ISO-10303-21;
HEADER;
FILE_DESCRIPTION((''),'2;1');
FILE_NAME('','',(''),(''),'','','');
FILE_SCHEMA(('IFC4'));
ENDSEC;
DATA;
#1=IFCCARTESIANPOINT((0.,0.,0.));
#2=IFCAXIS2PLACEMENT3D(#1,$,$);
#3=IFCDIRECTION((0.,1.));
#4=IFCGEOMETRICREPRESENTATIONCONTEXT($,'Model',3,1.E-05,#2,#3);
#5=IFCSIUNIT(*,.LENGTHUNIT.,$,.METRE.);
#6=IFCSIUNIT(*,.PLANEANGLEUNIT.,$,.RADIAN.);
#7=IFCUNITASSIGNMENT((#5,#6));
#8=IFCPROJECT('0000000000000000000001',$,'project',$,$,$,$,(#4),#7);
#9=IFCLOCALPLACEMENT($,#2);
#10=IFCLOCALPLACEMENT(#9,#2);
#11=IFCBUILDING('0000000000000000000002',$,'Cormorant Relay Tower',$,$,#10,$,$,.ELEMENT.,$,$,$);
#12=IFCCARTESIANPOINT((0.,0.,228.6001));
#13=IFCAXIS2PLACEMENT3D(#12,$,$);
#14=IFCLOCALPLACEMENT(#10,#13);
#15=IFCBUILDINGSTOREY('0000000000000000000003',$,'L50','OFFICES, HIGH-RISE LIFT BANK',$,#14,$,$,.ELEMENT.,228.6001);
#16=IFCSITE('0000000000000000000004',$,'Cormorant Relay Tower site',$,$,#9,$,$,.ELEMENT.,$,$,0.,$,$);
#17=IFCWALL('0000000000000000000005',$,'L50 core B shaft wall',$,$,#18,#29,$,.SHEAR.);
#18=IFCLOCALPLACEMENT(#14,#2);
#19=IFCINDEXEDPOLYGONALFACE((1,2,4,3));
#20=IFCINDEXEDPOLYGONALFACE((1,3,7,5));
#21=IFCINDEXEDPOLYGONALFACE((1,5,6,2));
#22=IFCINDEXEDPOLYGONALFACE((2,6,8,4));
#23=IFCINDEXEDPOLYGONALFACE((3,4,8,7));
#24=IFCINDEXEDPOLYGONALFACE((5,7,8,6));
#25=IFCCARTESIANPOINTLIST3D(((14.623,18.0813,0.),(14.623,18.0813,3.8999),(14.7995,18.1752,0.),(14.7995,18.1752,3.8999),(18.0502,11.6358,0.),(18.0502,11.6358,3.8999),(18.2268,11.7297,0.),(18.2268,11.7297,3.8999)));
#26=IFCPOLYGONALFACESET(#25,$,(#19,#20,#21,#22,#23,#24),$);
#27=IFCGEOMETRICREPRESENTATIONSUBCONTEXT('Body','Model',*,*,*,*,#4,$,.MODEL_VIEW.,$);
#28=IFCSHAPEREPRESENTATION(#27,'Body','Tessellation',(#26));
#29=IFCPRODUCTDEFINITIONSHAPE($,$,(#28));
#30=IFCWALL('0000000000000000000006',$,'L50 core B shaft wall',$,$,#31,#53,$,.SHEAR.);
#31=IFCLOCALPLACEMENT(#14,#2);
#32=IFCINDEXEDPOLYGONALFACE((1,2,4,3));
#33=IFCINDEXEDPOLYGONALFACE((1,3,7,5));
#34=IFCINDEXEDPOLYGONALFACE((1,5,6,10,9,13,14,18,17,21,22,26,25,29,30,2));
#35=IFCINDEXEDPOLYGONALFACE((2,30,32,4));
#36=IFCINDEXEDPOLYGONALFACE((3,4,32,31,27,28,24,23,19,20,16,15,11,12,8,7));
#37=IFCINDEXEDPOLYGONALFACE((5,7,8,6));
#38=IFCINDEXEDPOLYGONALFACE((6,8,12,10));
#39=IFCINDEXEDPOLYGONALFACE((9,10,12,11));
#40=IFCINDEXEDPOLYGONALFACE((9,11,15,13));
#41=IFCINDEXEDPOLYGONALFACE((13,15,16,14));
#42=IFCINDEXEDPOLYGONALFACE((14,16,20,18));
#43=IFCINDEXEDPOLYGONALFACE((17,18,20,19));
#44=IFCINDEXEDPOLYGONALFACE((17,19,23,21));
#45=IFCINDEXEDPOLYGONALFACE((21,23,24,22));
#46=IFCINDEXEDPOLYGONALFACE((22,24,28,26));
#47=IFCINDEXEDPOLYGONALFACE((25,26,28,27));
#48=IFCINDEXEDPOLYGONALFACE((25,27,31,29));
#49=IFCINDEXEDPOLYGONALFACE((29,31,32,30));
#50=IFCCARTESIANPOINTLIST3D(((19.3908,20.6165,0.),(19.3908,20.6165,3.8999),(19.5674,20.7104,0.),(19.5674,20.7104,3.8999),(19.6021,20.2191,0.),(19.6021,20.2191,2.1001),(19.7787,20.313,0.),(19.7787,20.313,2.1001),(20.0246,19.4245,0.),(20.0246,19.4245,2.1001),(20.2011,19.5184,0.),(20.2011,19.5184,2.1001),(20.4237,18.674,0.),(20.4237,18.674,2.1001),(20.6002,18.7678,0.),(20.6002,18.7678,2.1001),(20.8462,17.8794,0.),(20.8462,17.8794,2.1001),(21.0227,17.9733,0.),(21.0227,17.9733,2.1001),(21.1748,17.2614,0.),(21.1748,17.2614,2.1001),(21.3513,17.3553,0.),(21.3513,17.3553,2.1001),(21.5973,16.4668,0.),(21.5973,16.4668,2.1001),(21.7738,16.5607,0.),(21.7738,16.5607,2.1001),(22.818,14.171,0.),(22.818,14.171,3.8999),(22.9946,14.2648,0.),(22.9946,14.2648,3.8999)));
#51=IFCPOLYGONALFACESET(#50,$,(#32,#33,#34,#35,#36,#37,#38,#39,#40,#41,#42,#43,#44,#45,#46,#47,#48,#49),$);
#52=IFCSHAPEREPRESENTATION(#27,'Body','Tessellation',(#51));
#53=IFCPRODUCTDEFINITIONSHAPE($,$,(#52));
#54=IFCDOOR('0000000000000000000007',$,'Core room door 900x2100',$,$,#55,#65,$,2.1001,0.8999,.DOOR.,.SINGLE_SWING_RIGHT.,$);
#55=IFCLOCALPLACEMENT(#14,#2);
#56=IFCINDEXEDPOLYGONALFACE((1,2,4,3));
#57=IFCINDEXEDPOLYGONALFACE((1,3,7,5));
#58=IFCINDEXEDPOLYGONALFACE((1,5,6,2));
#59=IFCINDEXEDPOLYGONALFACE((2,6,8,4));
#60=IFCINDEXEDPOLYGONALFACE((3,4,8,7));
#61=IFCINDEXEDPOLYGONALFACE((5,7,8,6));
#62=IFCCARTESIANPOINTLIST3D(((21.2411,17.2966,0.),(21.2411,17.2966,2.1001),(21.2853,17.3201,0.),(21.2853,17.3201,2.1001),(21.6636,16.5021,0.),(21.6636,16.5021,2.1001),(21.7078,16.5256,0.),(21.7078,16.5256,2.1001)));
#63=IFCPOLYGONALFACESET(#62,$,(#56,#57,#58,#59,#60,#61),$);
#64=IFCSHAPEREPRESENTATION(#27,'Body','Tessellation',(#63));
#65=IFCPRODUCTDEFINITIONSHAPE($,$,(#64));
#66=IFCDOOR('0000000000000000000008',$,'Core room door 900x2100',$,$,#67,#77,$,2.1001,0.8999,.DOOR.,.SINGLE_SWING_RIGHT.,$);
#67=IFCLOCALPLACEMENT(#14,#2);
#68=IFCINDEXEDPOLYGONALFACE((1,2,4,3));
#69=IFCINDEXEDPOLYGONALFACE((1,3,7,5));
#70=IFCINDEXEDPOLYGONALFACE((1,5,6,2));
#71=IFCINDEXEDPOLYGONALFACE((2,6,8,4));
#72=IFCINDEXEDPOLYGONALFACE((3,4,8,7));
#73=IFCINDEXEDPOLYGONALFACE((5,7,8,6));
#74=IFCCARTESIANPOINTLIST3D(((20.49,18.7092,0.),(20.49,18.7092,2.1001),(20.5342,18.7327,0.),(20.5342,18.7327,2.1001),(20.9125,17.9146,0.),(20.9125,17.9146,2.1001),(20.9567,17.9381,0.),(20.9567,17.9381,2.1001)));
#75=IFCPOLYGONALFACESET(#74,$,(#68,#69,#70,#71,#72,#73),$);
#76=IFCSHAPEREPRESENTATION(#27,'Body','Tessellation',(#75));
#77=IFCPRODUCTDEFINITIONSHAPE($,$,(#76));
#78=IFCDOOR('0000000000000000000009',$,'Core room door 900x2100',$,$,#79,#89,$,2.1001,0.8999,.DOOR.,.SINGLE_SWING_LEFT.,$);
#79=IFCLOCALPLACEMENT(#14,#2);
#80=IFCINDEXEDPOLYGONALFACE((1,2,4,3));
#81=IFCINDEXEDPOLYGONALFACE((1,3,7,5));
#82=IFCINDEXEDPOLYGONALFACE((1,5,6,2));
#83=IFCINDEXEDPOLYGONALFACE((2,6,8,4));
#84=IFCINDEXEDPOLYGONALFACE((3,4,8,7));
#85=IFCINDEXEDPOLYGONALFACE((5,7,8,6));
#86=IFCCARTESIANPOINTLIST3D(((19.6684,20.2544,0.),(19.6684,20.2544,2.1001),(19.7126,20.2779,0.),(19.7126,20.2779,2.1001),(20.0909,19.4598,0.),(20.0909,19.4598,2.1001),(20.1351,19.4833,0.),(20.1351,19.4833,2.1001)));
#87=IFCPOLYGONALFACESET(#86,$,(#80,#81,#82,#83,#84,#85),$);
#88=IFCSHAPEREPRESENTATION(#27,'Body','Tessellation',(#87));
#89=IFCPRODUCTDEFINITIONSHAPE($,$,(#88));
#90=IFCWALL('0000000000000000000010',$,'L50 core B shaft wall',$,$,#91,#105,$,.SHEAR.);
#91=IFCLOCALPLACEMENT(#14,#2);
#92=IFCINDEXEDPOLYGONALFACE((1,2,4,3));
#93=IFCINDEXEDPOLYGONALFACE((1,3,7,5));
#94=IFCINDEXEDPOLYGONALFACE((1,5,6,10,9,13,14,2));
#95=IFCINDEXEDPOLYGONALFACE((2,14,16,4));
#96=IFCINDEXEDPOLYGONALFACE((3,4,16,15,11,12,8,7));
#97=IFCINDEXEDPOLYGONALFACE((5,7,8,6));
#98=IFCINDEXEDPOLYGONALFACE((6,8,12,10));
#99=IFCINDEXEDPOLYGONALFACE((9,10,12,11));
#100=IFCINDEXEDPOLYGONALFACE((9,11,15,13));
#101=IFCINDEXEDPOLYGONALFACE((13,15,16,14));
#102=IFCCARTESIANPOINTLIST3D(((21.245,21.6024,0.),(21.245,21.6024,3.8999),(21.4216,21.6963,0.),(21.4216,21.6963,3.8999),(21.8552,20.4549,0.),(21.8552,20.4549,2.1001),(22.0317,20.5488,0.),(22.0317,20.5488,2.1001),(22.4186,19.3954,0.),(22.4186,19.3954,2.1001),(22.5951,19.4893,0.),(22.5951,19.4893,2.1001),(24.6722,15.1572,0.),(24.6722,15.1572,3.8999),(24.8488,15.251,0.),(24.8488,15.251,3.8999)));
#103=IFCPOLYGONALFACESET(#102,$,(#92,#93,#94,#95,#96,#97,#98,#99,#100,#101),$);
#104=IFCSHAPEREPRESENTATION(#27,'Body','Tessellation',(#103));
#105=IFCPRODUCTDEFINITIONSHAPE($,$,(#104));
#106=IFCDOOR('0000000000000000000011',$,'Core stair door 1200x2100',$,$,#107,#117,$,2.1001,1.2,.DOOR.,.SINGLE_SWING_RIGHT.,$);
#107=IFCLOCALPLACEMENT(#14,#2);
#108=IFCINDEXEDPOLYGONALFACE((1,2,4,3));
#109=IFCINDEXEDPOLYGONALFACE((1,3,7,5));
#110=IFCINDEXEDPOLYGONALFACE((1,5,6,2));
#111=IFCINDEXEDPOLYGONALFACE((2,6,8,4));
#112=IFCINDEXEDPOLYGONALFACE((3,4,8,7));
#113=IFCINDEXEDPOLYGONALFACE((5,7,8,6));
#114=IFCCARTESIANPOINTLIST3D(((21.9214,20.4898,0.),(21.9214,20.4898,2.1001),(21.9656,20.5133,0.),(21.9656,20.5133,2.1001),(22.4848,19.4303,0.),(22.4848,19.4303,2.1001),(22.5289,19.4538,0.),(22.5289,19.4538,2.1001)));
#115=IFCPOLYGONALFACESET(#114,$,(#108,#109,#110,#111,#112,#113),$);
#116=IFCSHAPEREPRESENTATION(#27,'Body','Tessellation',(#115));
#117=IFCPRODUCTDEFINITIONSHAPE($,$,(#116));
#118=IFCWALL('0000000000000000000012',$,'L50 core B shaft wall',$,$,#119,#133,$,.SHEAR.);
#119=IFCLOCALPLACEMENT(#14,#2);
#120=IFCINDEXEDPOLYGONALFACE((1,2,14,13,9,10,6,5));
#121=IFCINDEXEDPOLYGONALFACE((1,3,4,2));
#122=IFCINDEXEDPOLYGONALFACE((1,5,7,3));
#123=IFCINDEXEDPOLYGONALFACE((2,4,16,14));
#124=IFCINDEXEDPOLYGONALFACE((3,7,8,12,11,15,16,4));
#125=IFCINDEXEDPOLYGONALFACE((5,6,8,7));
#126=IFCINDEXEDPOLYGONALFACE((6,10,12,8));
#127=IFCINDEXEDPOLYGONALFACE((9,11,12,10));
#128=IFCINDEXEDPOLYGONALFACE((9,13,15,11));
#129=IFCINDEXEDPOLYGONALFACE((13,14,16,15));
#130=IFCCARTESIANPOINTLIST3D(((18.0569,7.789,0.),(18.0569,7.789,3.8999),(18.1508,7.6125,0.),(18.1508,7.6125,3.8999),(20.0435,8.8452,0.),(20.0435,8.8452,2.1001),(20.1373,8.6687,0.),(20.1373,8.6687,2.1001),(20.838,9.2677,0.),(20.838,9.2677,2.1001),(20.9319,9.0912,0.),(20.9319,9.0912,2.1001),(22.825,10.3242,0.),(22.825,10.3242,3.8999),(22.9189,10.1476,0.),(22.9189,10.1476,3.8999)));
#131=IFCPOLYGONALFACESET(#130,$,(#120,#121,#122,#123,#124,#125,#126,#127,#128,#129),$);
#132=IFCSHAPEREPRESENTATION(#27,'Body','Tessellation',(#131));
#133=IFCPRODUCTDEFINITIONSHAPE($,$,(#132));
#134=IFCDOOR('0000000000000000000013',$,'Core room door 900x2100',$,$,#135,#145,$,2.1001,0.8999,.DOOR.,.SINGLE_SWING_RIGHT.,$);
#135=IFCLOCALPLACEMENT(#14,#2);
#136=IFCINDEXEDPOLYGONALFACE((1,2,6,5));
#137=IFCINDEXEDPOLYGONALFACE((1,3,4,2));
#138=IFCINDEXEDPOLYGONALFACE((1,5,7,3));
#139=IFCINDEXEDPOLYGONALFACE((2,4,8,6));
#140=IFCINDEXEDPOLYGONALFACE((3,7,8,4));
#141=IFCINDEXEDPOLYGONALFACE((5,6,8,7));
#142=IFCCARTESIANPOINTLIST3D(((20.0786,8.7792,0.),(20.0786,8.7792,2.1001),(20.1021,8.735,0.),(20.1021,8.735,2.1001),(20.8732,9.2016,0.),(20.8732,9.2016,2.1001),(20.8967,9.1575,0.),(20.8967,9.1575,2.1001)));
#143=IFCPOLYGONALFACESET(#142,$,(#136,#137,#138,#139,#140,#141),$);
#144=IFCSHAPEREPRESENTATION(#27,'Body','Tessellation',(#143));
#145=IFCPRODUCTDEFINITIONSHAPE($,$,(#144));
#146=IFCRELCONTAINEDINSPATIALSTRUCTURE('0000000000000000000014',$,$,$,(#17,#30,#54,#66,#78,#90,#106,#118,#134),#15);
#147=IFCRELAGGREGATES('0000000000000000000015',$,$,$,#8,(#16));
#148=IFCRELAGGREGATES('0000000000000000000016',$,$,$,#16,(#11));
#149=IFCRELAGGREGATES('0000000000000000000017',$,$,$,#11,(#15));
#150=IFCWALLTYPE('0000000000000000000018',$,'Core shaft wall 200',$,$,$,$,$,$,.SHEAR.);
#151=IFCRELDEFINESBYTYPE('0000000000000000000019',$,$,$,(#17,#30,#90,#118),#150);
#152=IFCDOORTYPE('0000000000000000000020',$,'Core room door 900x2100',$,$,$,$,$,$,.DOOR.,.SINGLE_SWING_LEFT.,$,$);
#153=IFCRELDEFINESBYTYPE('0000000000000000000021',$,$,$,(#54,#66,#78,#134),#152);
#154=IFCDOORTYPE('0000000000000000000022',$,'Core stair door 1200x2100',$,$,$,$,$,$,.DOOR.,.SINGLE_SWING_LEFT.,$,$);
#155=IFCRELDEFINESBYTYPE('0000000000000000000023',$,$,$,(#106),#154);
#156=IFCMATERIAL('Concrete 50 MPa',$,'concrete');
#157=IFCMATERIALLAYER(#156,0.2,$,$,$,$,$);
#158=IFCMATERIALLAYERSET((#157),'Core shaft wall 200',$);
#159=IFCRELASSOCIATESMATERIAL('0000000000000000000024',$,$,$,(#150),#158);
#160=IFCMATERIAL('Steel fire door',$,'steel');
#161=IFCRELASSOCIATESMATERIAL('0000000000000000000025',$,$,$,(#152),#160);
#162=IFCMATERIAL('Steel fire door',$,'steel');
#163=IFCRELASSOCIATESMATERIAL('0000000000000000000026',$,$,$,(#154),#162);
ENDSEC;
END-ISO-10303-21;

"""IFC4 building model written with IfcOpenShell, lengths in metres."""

from ifc_helpers import new_model, si_unit, direction, frame, frame_2d, origin, place, context, subcontext, project, spatial, rectangle, extrude, material, layer, layer_set, type_object, element, fill, save


model = new_model("IFC4")

# Units and contexts
model_context = context("Model", 3, precision=1e-05, world=origin(), true_north=direction((0.0, 1.0)))
body_context = subcontext(model_context, "Body", "Model", "MODEL_VIEW")
ifc_project = project(units=[si_unit("LENGTHUNIT", "METRE"), si_unit("PLANEANGLEUNIT", "RADIAN")], contexts=[model_context])

# Site, building, storey
site_placement = place(None, origin())
site = spatial("IfcSite", under=ifc_project, at=site_placement, Name="Cormorant Relay Tower site", CompositionType="ELEMENT", RefElevation=0.0)
building_placement = place(site_placement, origin())
building = spatial("IfcBuilding", under=site, at=building_placement, Name="Cormorant Relay Tower", CompositionType="ELEMENT")
storey_placement = place(building_placement, frame((0.0, 0.0, 228.6001)))
storey = spatial("IfcBuildingStorey", under=building, at=storey_placement, Name="L50", Description="OFFICES, HIGH-RISE LIFT BANK", CompositionType="ELEMENT", Elevation=228.6001)

# Wall
ifc_material_1 = material(Name="Concrete 50 MPa", Category="concrete")
ifc_layer = layer(ifc_material_1, 0.2)
ifc_layer_set = layer_set([ifc_layer], Name="Core shaft wall 200")
wall_type = type_object("IfcWallType", Name="Core shaft wall 200", PredefinedType="SHEAR", material=ifc_layer_set)
wall_1_placement = place(storey_placement, frame((18.1384, 11.6829, 0.0), z_axis=(0.0, 0.0, 1.0), x_axis=(-0.46948, 0.882943, 0.0)))
element("IfcWall", 1, at=wall_1_placement, inside=storey, type_object=wall_type, Name="L50 core B shaft wall", PredefinedType="SHEAR", context=body_context, shape_type="SweptSolid", body=[
    extrude(rectangle(XDim=7.3, YDim=0.2, at=frame_2d((3.6499, 0.0))), origin(), (0.0, 0.0, 1.0), 3.8999),
])

# Wall, openings, doors
wall_2_placement = place(storey_placement, frame((22.9062, 14.218, 0.0), z_axis=(0.0, 0.0, 1.0), x_axis=(-0.46948, 0.882943, 0.0)))
wall_2 = element("IfcWall", 2, at=wall_2_placement, inside=storey, type_object=wall_type, Name="L50 core B shaft wall", PredefinedType="SHEAR", context=body_context, shape_type="SweptSolid", body=[
    extrude(rectangle(XDim=7.3, YDim=0.2, at=frame_2d((3.6499, 0.0))), origin(), (0.0, 0.0, 1.0), 3.8999),
])
opening_1_placement = place(wall_2_placement, frame((2.6001, 0.0, 0.0)))
opening_1 = element("IfcOpeningElement", 3, at=opening_1_placement, cuts=wall_2, PredefinedType="OPENING", context=body_context, shape_type="SweptSolid", body=[
    extrude(rectangle(XDim=0.8999, YDim=2.1001, at=frame_2d((0.45, 1.05))), frame((0.0, 0.1099, 0.0), z_axis=(0.0, -1.0, 0.0), x_axis=(1.0, 0.0, 0.0)), (0.0, 0.0, 1.0), 0.22),
])
opening_2_placement = place(wall_2_placement, frame((4.2, 0.0, 0.0)))
opening_2 = element("IfcOpeningElement", 4, at=opening_2_placement, cuts=wall_2, PredefinedType="OPENING", context=body_context, shape_type="SweptSolid", body=[
    extrude(rectangle(XDim=0.8999, YDim=2.1001, at=frame_2d((0.45, 1.05))), frame((0.0, 0.1099, 0.0), z_axis=(0.0, -1.0, 0.0), x_axis=(1.0, 0.0, 0.0)), (0.0, 0.0, 1.0), 0.22),
])
opening_3_placement = place(wall_2_placement, frame((5.95, 0.0, 0.0)))
opening_3 = element("IfcOpeningElement", 5, at=opening_3_placement, cuts=wall_2, PredefinedType="OPENING", context=body_context, shape_type="SweptSolid", body=[
    extrude(rectangle(XDim=0.8999, YDim=2.1001, at=frame_2d((0.45, 1.05))), frame((0.0, 0.1099, 0.0), z_axis=(0.0, -1.0, 0.0), x_axis=(1.0, 0.0, 0.0)), (0.0, 0.0, 1.0), 0.22),
])
ifc_material_2 = material(Name="Steel fire door", Category="steel")
door_type_1 = type_object("IfcDoorType", Name="Core room door 900x2100", OperationType="SINGLE_SWING_LEFT", PredefinedType="DOOR", material=ifc_material_2)
door_1_placement = place(opening_1_placement, origin())
door_1 = element("IfcDoor", 6, at=door_1_placement, inside=storey, type_object=door_type_1, Name="Core room door 900x2100", OperationType="SINGLE_SWING_RIGHT", OverallHeight=2.1001, OverallWidth=0.8999, PredefinedType="DOOR", context=body_context, shape_type="SweptSolid", body=[
    extrude(rectangle(XDim=0.8999, YDim=2.1001, at=frame_2d((0.45, 1.05))), frame((0.0, 0.0249, 0.0), z_axis=(0.0, -1.0, 0.0), x_axis=(1.0, 0.0, 0.0)), (0.0, 0.0, 1.0), 0.05),
])
fill(opening_1, door_1)
door_2_placement = place(opening_2_placement, origin())
door_2 = element("IfcDoor", 7, at=door_2_placement, inside=storey, type_object=door_type_1, Name="Core room door 900x2100", OperationType="SINGLE_SWING_RIGHT", OverallHeight=2.1001, OverallWidth=0.8999, PredefinedType="DOOR", context=body_context, shape_type="SweptSolid", body=[
    extrude(rectangle(XDim=0.8999, YDim=2.1001, at=frame_2d((0.45, 1.05))), frame((0.0, 0.0249, 0.0), z_axis=(0.0, -1.0, 0.0), x_axis=(1.0, 0.0, 0.0)), (0.0, 0.0, 1.0), 0.05),
])
fill(opening_2, door_2)
door_3_placement = place(opening_3_placement, origin())
door_3 = element("IfcDoor", 8, at=door_3_placement, inside=storey, type_object=door_type_1, Name="Core room door 900x2100", OperationType="SINGLE_SWING_LEFT", OverallHeight=2.1001, OverallWidth=0.8999, PredefinedType="DOOR", context=body_context, shape_type="SweptSolid", body=[
    extrude(rectangle(XDim=0.8999, YDim=2.1001, at=frame_2d((0.45, 1.05))), frame((0.0, 0.0249, 0.0), z_axis=(0.0, -1.0, 0.0), x_axis=(1.0, 0.0, 0.0)), (0.0, 0.0, 1.0), 0.05),
])
fill(opening_3, door_3)

# Walls, openings, doors
wall_3_placement = place(storey_placement, frame((24.7605, 15.2041, 0.0), z_axis=(0.0, 0.0, 1.0), x_axis=(-0.469494, 0.882936, 0.0)))
wall_3 = element("IfcWall", 9, at=wall_3_placement, inside=storey, type_object=wall_type, Name="L50 core B shaft wall", PredefinedType="SHEAR", context=body_context, shape_type="SweptSolid", body=[
    extrude(rectangle(XDim=7.2998, YDim=0.2, at=frame_2d((3.6499, 0.0))), origin(), (0.0, 0.0, 1.0), 3.8999),
])
opening_4_placement = place(wall_3_placement, frame((4.8, 0.0, 0.0)))
opening_4 = element("IfcOpeningElement", 10, at=opening_4_placement, cuts=wall_3, PredefinedType="OPENING", context=body_context, shape_type="SweptSolid", body=[
    extrude(rectangle(XDim=1.2, YDim=2.1001, at=frame_2d((0.6001, 1.05))), frame((0.0, 0.1099, 0.0), z_axis=(0.0, -1.0, 0.0), x_axis=(1.0, 0.0, 0.0)), (0.0, 0.0, 1.0), 0.22),
])
ifc_material_3 = material(Name="Steel fire door", Category="steel")
door_type_2 = type_object("IfcDoorType", Name="Core stair door 1200x2100", OperationType="SINGLE_SWING_LEFT", PredefinedType="DOOR", material=ifc_material_3)
door_4_placement = place(opening_4_placement, frame((1.2, 0.0, 0.0), z_axis=(0.0, 0.0, 1.0), x_axis=(-1.0, 0.0, 0.0)))
door_4 = element("IfcDoor", 11, at=door_4_placement, inside=storey, type_object=door_type_2, Name="Core stair door 1200x2100", OperationType="SINGLE_SWING_RIGHT", OverallHeight=2.1001, OverallWidth=1.2, PredefinedType="DOOR", context=body_context, shape_type="SweptSolid", body=[
    extrude(rectangle(XDim=1.2, YDim=2.1001, at=frame_2d((0.6001, 1.05))), frame((0.0, 0.0249, 0.0), z_axis=(0.0, -1.0, 0.0), x_axis=(1.0, 0.0, 0.0)), (0.0, 0.0, 1.0), 0.05),
])
fill(opening_4, door_4)
wall_4_placement = place(storey_placement, frame((18.1038, 7.7007, 0.0), z_axis=(0.0, 0.0, 1.0), x_axis=(0.882953, 0.469462, 0.0)))
wall_4 = element("IfcWall", 12, at=wall_4_placement, inside=storey, type_object=wall_type, Name="L50 core B shaft wall", PredefinedType="SHEAR", context=body_context, shape_type="SweptSolid", body=[
    extrude(rectangle(XDim=5.4001, YDim=0.2, at=frame_2d((2.7002, 0.0))), origin(), (0.0, 0.0, 1.0), 3.8999),
])
opening_5_placement = place(wall_4_placement, frame((2.25, 0.0, 0.0)))
opening_5 = element("IfcOpeningElement", 13, at=opening_5_placement, cuts=wall_4, PredefinedType="OPENING", context=body_context, shape_type="SweptSolid", body=[
    extrude(rectangle(XDim=0.8999, YDim=2.1001, at=frame_2d((0.45, 1.05))), frame((0.0, 0.1099, 0.0), z_axis=(0.0, -1.0, 0.0), x_axis=(1.0, 0.0, 0.0)), (0.0, 0.0, 1.0), 0.22),
])
door_5_placement = place(opening_5_placement, frame((0.8999, 0.0, 0.0), z_axis=(0.0, 0.0, 1.0), x_axis=(-1.0, 0.0, 0.0)))
door_5 = element("IfcDoor", 14, at=door_5_placement, inside=storey, type_object=door_type_1, Name="Core room door 900x2100", OperationType="SINGLE_SWING_RIGHT", OverallHeight=2.1001, OverallWidth=0.8999, PredefinedType="DOOR", context=body_context, shape_type="SweptSolid", body=[
    extrude(rectangle(XDim=0.8999, YDim=2.1001, at=frame_2d((0.45, 1.05))), frame((0.0, 0.0249, 0.0), z_axis=(0.0, -1.0, 0.0), x_axis=(1.0, 0.0, 0.0)), (0.0, 0.0, 1.0), 0.05),
])
fill(opening_5, door_5)

save(model, "model.ifc")
